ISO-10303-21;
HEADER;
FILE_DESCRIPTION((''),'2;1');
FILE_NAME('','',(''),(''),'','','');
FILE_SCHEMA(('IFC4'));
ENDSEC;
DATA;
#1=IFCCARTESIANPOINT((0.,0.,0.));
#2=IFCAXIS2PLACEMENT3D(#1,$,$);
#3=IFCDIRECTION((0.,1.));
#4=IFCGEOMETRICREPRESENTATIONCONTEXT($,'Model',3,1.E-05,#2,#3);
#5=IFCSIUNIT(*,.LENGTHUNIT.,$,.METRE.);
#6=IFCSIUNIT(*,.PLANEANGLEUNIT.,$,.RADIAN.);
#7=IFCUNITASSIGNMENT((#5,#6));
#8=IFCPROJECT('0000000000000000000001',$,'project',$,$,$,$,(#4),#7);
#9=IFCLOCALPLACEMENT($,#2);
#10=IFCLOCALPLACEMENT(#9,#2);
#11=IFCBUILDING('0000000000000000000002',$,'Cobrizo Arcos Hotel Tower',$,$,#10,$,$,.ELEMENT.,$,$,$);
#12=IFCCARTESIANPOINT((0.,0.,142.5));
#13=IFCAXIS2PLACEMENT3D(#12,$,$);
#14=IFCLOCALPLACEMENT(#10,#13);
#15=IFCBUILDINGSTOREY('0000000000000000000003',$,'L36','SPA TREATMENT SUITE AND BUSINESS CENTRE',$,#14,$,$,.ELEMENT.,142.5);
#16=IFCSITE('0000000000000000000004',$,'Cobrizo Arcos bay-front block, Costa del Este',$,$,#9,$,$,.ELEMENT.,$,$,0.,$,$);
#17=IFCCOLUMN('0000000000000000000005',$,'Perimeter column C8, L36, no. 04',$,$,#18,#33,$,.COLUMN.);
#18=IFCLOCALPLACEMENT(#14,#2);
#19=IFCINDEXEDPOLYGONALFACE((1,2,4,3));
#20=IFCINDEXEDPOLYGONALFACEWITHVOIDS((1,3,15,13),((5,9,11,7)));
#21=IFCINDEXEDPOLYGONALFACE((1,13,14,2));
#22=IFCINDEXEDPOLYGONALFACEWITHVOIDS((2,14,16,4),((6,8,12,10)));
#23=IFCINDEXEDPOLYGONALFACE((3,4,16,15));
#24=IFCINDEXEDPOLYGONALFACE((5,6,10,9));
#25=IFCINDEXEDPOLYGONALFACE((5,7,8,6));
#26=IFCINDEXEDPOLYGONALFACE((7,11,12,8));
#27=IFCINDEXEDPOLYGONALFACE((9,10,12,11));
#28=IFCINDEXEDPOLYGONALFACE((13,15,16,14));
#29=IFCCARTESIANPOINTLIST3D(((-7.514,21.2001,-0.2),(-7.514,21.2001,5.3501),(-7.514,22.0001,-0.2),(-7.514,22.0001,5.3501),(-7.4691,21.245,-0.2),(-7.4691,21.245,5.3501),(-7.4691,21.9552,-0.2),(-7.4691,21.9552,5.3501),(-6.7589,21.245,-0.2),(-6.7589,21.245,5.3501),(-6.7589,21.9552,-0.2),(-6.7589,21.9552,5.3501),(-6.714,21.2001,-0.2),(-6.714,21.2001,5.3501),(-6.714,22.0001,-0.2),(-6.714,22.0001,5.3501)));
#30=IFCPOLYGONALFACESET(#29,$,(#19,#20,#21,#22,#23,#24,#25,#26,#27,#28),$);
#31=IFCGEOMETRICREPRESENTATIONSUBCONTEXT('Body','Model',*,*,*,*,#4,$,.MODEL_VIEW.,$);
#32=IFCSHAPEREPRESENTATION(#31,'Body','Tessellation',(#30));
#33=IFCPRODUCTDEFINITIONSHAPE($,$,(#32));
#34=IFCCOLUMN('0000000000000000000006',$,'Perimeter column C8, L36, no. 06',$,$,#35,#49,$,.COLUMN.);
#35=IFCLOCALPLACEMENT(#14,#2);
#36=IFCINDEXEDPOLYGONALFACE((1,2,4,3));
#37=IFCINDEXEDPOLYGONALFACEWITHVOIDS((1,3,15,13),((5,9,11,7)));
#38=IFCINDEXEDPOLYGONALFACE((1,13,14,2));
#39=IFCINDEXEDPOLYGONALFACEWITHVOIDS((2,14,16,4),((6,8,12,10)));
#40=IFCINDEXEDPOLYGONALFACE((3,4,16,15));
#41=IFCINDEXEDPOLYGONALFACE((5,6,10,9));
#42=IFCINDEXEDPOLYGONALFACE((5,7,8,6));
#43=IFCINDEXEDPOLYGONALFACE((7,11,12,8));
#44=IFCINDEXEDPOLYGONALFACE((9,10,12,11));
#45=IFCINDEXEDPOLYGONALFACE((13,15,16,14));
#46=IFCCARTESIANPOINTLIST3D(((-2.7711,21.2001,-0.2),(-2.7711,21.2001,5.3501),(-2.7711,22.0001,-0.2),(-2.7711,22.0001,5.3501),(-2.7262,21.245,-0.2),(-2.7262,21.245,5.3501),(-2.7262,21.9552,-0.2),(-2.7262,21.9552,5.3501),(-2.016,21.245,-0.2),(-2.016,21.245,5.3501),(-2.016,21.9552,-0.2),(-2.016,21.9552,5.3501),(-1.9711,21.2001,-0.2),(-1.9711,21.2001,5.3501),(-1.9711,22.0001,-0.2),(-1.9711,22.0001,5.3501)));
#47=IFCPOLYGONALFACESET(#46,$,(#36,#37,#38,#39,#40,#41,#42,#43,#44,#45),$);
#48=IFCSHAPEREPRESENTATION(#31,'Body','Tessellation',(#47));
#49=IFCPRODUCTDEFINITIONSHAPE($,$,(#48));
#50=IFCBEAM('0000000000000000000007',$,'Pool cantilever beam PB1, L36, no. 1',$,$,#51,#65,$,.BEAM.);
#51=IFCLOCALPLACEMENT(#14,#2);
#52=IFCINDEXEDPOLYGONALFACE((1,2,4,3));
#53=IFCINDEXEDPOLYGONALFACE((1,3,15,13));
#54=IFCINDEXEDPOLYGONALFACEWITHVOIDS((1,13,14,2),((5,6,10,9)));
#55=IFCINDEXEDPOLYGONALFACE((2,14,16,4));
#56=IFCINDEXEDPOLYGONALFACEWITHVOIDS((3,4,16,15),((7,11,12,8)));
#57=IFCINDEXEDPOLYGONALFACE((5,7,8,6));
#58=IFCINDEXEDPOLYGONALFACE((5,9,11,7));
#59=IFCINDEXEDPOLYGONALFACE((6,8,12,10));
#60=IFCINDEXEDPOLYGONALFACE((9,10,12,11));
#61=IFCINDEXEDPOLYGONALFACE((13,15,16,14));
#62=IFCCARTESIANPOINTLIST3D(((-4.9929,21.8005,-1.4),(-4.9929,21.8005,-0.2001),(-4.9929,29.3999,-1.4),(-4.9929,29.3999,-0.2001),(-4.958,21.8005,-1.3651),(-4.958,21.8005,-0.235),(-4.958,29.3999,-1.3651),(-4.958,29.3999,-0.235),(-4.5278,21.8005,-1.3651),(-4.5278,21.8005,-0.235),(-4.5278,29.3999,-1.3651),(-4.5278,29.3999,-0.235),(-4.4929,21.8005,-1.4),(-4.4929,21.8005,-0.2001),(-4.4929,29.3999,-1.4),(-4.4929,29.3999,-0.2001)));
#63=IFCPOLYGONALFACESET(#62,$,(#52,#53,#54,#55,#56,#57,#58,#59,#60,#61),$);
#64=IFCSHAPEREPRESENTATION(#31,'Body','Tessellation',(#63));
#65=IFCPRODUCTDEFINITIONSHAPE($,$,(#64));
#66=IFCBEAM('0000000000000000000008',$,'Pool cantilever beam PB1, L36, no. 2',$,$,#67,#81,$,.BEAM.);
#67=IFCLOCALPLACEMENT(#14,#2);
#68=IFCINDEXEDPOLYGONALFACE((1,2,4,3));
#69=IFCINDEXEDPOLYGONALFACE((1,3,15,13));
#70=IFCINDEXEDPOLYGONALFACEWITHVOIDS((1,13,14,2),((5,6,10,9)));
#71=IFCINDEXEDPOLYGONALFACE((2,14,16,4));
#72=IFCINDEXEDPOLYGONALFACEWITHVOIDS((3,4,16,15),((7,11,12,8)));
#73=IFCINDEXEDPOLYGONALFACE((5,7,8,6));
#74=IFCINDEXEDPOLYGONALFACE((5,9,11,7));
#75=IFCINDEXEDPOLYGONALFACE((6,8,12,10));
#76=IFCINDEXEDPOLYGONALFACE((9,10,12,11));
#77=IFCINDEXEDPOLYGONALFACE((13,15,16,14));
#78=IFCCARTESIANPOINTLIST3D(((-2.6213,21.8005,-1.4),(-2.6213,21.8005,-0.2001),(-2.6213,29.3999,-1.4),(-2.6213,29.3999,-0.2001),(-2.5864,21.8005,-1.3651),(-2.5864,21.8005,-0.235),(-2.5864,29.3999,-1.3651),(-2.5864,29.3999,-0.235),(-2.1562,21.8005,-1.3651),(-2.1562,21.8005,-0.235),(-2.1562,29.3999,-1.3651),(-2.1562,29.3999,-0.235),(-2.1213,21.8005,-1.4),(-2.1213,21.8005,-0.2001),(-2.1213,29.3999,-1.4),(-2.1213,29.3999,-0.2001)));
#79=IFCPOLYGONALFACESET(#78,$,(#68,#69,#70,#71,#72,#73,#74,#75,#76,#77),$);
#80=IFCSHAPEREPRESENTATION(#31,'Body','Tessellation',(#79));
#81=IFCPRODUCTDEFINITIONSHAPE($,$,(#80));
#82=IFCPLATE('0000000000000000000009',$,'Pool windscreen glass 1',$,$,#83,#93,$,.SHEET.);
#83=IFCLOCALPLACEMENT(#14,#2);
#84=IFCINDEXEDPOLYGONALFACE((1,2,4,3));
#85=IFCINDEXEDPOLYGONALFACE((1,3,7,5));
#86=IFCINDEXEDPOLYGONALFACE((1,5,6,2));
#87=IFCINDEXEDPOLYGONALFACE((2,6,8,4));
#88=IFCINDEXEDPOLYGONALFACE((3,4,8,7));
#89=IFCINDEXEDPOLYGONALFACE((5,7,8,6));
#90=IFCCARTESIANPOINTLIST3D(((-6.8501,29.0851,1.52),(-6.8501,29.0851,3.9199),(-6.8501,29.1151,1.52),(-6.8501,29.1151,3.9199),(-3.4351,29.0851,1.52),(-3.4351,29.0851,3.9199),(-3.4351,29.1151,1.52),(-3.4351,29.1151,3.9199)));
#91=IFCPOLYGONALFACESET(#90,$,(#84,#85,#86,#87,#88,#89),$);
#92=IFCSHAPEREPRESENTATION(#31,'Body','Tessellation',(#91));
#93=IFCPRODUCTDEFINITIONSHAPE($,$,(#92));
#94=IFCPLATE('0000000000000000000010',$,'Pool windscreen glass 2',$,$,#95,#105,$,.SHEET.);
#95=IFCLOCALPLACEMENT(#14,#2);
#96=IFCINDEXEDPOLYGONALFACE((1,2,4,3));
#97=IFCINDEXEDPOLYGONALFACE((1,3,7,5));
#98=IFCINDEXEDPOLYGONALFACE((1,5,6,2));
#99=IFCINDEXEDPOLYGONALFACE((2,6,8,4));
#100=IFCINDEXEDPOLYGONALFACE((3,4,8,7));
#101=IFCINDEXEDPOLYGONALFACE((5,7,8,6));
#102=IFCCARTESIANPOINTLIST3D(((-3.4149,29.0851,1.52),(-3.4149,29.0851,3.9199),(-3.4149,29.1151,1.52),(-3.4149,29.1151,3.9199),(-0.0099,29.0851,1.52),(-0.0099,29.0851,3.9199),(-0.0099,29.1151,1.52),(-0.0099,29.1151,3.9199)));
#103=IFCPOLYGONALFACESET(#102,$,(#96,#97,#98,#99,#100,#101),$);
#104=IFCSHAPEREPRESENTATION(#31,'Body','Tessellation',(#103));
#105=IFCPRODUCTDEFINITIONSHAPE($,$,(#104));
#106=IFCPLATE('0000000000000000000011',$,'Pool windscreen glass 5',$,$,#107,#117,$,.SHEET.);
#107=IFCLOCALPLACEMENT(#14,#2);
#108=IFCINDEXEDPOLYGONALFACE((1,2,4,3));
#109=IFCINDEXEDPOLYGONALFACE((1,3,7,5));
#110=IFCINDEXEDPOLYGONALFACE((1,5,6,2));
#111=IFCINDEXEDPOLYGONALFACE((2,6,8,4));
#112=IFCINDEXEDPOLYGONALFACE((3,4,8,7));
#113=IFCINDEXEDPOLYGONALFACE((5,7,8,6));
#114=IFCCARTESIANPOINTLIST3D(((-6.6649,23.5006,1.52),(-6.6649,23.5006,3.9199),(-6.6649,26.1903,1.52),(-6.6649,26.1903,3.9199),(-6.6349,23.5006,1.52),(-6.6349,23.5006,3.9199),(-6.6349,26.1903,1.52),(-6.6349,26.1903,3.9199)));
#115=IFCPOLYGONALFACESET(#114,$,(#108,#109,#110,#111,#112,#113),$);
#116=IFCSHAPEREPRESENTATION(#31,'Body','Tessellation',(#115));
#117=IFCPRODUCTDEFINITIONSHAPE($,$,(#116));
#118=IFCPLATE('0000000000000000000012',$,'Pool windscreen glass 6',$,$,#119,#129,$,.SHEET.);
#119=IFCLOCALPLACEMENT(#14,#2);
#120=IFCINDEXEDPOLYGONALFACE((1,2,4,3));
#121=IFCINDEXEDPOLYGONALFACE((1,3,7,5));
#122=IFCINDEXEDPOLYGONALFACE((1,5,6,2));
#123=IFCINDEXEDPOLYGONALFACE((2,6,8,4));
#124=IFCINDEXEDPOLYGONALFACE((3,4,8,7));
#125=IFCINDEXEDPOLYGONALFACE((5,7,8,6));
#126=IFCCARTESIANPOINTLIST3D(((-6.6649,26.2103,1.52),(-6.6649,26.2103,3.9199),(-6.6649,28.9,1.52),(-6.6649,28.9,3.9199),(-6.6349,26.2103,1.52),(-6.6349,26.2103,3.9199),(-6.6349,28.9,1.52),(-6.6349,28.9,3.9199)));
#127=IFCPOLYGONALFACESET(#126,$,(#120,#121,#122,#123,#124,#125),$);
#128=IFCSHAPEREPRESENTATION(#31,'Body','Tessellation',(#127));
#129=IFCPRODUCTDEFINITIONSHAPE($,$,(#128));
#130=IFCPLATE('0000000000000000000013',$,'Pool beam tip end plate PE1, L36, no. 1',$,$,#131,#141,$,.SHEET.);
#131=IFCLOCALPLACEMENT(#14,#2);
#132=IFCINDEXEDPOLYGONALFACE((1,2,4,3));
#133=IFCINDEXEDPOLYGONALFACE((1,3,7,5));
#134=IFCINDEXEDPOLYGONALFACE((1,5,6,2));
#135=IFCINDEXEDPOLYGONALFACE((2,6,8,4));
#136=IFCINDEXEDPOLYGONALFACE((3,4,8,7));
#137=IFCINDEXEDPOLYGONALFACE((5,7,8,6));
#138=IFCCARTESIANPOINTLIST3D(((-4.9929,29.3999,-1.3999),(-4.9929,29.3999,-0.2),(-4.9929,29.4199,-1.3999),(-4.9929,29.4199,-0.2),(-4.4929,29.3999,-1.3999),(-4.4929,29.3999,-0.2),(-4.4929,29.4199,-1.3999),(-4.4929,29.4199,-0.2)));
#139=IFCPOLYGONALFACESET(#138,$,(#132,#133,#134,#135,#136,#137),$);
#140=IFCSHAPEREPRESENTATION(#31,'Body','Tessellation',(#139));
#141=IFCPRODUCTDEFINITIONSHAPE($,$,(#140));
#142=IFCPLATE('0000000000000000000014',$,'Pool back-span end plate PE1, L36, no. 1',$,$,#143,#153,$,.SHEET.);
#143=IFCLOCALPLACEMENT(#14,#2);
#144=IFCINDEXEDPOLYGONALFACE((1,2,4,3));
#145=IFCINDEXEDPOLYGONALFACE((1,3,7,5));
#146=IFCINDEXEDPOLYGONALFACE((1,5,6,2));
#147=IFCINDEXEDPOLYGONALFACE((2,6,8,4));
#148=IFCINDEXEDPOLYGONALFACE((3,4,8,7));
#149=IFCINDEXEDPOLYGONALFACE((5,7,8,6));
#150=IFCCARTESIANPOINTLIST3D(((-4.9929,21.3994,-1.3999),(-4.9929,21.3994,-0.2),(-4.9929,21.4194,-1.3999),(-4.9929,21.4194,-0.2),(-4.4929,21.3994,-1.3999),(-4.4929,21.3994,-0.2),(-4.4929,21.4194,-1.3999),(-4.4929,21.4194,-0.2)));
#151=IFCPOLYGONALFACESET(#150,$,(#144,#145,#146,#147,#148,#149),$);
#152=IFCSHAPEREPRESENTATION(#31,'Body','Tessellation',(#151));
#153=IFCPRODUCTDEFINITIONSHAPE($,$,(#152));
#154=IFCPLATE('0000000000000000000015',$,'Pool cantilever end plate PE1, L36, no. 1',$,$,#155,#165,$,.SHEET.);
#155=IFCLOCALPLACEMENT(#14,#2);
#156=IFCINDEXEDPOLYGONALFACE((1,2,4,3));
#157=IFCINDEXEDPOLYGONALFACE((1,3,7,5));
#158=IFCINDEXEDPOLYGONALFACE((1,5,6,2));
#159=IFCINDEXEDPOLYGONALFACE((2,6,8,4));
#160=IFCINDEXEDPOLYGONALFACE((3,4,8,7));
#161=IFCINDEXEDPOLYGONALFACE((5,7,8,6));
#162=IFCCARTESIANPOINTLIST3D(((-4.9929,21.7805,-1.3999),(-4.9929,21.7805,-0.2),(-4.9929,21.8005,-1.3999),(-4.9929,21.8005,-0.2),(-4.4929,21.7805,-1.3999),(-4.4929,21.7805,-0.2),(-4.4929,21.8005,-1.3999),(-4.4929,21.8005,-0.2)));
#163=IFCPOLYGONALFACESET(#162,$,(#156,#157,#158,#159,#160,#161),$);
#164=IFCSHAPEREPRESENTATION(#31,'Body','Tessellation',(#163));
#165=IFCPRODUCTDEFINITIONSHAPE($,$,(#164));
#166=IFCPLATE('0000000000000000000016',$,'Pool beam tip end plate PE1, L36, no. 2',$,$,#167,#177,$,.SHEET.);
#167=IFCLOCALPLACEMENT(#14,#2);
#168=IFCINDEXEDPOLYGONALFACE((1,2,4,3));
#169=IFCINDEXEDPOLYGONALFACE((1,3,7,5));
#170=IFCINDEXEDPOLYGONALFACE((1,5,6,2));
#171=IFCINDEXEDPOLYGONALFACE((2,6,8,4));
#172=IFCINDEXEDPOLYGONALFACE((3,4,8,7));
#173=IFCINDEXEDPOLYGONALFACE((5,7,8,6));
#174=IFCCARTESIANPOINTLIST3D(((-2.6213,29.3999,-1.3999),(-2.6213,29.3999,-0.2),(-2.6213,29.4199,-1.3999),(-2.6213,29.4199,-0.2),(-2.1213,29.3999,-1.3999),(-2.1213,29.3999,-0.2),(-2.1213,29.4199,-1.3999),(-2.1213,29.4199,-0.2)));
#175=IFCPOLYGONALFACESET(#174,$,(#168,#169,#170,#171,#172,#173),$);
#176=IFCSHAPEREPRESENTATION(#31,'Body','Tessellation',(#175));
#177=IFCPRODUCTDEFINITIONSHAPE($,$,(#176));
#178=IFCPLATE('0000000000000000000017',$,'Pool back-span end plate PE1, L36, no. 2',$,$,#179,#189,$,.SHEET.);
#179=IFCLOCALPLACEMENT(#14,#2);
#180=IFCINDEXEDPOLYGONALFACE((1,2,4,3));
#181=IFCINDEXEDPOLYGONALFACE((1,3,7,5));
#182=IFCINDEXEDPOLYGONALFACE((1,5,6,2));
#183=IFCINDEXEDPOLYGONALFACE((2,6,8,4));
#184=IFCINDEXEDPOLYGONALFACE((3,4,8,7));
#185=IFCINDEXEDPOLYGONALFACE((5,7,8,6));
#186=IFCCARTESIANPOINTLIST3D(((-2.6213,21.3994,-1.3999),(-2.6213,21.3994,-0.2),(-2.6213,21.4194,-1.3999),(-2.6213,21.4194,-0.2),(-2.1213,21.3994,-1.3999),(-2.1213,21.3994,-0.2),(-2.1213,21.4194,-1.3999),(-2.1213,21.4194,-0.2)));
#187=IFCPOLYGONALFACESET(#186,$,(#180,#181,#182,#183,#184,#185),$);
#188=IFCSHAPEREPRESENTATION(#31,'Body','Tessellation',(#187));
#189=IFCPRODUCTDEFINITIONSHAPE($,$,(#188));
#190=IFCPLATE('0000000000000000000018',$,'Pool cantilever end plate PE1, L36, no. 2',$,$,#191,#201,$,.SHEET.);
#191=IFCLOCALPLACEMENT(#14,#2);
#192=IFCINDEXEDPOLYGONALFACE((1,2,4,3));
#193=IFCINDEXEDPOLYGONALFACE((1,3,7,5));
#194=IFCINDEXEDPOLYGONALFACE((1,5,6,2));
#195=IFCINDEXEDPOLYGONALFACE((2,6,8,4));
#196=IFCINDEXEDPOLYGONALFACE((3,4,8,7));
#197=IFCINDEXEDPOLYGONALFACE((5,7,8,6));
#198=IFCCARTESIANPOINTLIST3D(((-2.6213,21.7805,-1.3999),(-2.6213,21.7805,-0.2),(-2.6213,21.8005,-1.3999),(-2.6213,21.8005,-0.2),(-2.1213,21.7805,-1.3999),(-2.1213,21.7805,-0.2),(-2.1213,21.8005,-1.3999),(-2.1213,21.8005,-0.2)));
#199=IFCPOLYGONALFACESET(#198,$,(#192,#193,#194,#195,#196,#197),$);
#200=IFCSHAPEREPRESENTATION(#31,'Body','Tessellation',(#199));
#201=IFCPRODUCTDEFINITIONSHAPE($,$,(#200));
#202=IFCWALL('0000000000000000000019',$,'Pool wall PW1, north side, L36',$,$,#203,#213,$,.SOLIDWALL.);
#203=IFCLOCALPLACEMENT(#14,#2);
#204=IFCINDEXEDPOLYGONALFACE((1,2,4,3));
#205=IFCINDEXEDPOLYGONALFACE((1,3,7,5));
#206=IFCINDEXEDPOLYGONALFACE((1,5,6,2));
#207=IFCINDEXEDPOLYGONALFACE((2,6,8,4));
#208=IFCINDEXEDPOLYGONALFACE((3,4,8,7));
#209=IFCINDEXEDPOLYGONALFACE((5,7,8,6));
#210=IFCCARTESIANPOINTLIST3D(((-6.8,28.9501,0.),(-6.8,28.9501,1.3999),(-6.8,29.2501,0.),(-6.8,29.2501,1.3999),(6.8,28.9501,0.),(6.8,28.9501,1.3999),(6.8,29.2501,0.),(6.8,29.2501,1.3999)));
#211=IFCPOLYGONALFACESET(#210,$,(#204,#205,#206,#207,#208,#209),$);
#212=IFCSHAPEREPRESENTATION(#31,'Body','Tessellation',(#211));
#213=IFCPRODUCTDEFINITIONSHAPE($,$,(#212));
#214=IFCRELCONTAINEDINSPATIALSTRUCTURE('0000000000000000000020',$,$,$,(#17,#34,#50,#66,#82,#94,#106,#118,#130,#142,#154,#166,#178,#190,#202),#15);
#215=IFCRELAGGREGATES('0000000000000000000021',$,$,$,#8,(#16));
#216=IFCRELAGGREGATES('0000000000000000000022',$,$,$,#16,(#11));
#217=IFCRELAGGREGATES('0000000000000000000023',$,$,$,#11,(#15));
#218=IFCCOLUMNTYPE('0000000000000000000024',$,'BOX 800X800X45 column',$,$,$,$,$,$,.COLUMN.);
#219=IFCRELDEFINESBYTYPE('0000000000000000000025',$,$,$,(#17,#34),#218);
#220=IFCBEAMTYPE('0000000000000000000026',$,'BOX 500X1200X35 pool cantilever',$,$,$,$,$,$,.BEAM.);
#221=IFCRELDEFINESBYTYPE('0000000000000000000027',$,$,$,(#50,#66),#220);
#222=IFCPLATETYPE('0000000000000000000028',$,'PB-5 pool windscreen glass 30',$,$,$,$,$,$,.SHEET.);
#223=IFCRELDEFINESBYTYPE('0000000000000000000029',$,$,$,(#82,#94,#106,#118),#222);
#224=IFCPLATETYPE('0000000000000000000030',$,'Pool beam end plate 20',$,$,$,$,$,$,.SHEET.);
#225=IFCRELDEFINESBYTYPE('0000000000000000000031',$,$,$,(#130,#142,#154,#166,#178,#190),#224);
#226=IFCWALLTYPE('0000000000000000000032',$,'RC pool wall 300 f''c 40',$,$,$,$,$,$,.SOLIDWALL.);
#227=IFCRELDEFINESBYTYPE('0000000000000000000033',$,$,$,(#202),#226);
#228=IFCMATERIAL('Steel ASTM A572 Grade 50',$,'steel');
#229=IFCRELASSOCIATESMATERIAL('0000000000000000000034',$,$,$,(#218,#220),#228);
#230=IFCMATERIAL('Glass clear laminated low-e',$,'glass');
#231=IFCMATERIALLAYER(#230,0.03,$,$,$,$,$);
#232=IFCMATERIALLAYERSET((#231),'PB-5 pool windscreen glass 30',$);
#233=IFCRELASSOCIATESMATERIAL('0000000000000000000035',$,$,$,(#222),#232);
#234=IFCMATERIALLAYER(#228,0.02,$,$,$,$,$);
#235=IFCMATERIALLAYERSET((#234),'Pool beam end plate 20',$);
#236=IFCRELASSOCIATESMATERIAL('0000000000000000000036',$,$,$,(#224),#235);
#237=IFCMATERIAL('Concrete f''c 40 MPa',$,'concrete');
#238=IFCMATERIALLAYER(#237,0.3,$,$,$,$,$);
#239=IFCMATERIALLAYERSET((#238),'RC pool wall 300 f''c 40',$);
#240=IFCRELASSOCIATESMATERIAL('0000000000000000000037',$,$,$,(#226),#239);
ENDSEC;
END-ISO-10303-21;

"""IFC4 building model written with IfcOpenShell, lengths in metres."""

from ifc_helpers import new_model, si_unit, direction, frame, frame_2d, origin, origin_2d, place, context, subcontext, project, spatial, rectangle, hollow_rectangle, extrude, material, layer, layer_set, material_profile, profile_set, type_object, element, save


model = new_model("IFC4")

# Units and contexts
model_context = context("Model", 3, precision=1e-05, world=origin(), true_north=direction((0.0, 1.0)))
body_context = subcontext(model_context, "Body", "Model", "MODEL_VIEW")
ifc_project = project(units=[si_unit("LENGTHUNIT", "METRE"), si_unit("PLANEANGLEUNIT", "RADIAN")], contexts=[model_context])

# Site, building, storey
site_placement = place(None, origin())
site = spatial("IfcSite", under=ifc_project, at=site_placement, Name="Cobrizo Arcos bay-front block, Costa del Este", CompositionType="ELEMENT", RefElevation=0.0)
building_placement = place(site_placement, origin())
building = spatial("IfcBuilding", under=site, at=building_placement, Name="Cobrizo Arcos Hotel Tower", CompositionType="ELEMENT")
storey_placement = place(building_placement, frame((0.0, 0.0, 142.5)))
storey = spatial("IfcBuildingStorey", under=building, at=storey_placement, Name="L36", Description="SPA TREATMENT SUITE AND BUSINESS CENTRE", CompositionType="ELEMENT", Elevation=142.5)

# Columns
ifc_material_1 = material(Name="Steel ASTM A572 Grade 50", Category="steel")
ifc_material_profile_1 = material_profile(ifc_material_1, hollow_rectangle(XDim=0.8, YDim=0.8, WallThickness=0.0449, at=origin_2d()), Name="BOX 800X800X45")
ifc_profile_set_1 = profile_set([ifc_material_profile_1], Name="Steel ASTM A572 Grade 50")
column_type = type_object("IfcColumnType", Name="BOX 800X800X45 column", PredefinedType="COLUMN", material=ifc_profile_set_1)
for number, where, z_axis, x_axis, name in (
    (1, (-7.114, 21.6001, -0.2), (0.0, 0.0, 1.0), (1.0, 0.0, 0.0), "Perimeter column C8, L36, no. 04"),
    (2, (-2.3711, 21.6001, -0.2), (0.0, 0.0, 1.0), (1.0, 0.0, 0.0), "Perimeter column C8, L36, no. 06"),
):
    element("IfcColumn", number, at=place(storey_placement, frame(where, z_axis=z_axis, x_axis=x_axis)), inside=storey, type_object=column_type, Name=name, PredefinedType="COLUMN", context=body_context, shape_type="SweptSolid", body=[
        extrude(hollow_rectangle(XDim=0.8, YDim=0.8, WallThickness=0.0449, at=origin_2d()), origin(), (0.0, 0.0, 1.0), 5.55),
    ])

# Beams
ifc_material_profile_2 = material_profile(ifc_material_1, hollow_rectangle(XDim=0.5, YDim=1.2, WallThickness=0.0349, at=origin_2d()), Name="BOX 500X1200X35")
ifc_profile_set_2 = profile_set([ifc_material_profile_2], Name="Steel ASTM A572 Grade 50")
beam_type = type_object("IfcBeamType", Name="BOX 500X1200X35 pool cantilever", PredefinedType="BEAM", material=ifc_profile_set_2)
for number, where, z_axis, x_axis, name in (
    (3, (-4.7429, 21.8005, -0.8), (0.0, 1.0, 0.0), (-1.0, 0.0, 0.0), "Pool cantilever beam PB1, L36, no. 1"),
    (4, (-2.3713, 21.8005, -0.8), (0.0, 1.0, 0.0), (-1.0, 0.0, 0.0), "Pool cantilever beam PB1, L36, no. 2"),
):
    element("IfcBeam", number, at=place(storey_placement, frame(where, z_axis=z_axis, x_axis=x_axis)), inside=storey, type_object=beam_type, Name=name, PredefinedType="BEAM", context=body_context, shape_type="SweptSolid", body=[
        extrude(hollow_rectangle(XDim=0.5, YDim=1.2, WallThickness=0.0349, at=origin_2d()), origin(), (0.0, 0.0, 1.0), 7.5994),
    ])

# Plates
ifc_material_2 = material(Name="Glass clear laminated low-e", Category="glass")
ifc_layer_1 = layer(ifc_material_2, 0.03)
ifc_layer_set_1 = layer_set([ifc_layer_1], Name="PB-5 pool windscreen glass 30")
plate_type_1 = type_object("IfcPlateType", Name="PB-5 pool windscreen glass 30", PredefinedType="SHEET", material=ifc_layer_set_1)
plate_1_placement = place(storey_placement, frame((-5.1426, 29.1001, 1.52), z_axis=(0.0, 0.0, 1.0), x_axis=(1.0, 0.0, 0.0)))
element("IfcPlate", 5, at=plate_1_placement, inside=storey, type_object=plate_type_1, Name="Pool windscreen glass 1", PredefinedType="SHEET", context=body_context, shape_type="SweptSolid", body=[
    extrude(rectangle(XDim=3.415, YDim=0.03, at=origin_2d()), origin(), (0.0, 0.0, 1.0), 2.3999),
])
plate_2_placement = place(storey_placement, frame((-1.7124, 29.1001, 1.52), z_axis=(0.0, 0.0, 1.0), x_axis=(1.0, 0.0, 0.0)))
element("IfcPlate", 6, at=plate_2_placement, inside=storey, type_object=plate_type_1, Name="Pool windscreen glass 2", PredefinedType="SHEET", context=body_context, shape_type="SweptSolid", body=[
    extrude(rectangle(XDim=3.405, YDim=0.03, at=origin_2d()), origin(), (0.0, 0.0, 1.0), 2.3999),
])
for number, where, z_axis, x_axis, name in (
    (7, (-6.6499, 24.8455, 1.52), (0.0, 0.0, 1.0), (1.0, 0.0, 0.0), "Pool windscreen glass 5"),
    (8, (-6.6499, 27.5552, 1.52), (0.0, 0.0, 1.0), (1.0, 0.0, 0.0), "Pool windscreen glass 6"),
):
    element("IfcPlate", number, at=place(storey_placement, frame(where, z_axis=z_axis, x_axis=x_axis)), inside=storey, type_object=plate_type_1, Name=name, PredefinedType="SHEET", context=body_context, shape_type="SweptSolid", body=[
        extrude(rectangle(XDim=0.03, YDim=2.6897, at=origin_2d()), origin(), (0.0, 0.0, 1.0), 2.3999),
    ])
ifc_layer_2 = layer(ifc_material_1, 0.02)
ifc_layer_set_2 = layer_set([ifc_layer_2], Name="Pool beam end plate 20")
plate_type_2 = type_object("IfcPlateType", Name="Pool beam end plate 20", PredefinedType="SHEET", material=ifc_layer_set_2)
for number, where, z_axis, x_axis, name in (
    (9, (-4.7429, 29.4099, -1.3999), (0.0, 0.0, 1.0), (1.0, 0.0, 0.0), "Pool beam tip end plate PE1, L36, no. 1"),
    (10, (-4.7429, 21.4094, -1.3999), (0.0, 0.0, 1.0), (1.0, 0.0, 0.0), "Pool back-span end plate PE1, L36, no. 1"),
    (11, (-4.7429, 21.7905, -1.3999), (0.0, 0.0, 1.0), (1.0, 0.0, 0.0), "Pool cantilever end plate PE1, L36, no. 1"),
    (12, (-2.3713, 29.4099, -1.3999), (0.0, 0.0, 1.0), (1.0, 0.0, 0.0), "Pool beam tip end plate PE1, L36, no. 2"),
    (13, (-2.3713, 21.4094, -1.3999), (0.0, 0.0, 1.0), (1.0, 0.0, 0.0), "Pool back-span end plate PE1, L36, no. 2"),
    (14, (-2.3713, 21.7905, -1.3999), (0.0, 0.0, 1.0), (1.0, 0.0, 0.0), "Pool cantilever end plate PE1, L36, no. 2"),
):
    element("IfcPlate", number, at=place(storey_placement, frame(where, z_axis=z_axis, x_axis=x_axis)), inside=storey, type_object=plate_type_2, Name=name, PredefinedType="SHEET", context=body_context, shape_type="SweptSolid", body=[
        extrude(rectangle(XDim=0.5, YDim=0.02, at=origin_2d()), origin(), (0.0, 0.0, 1.0), 1.2),
    ])

# Wall
ifc_material_3 = material(Name="Concrete f'c 40 MPa", Category="concrete")
ifc_layer_3 = layer(ifc_material_3, 0.3)
ifc_layer_set_3 = layer_set([ifc_layer_3], Name="RC pool wall 300 f'c 40")
wall_type_1 = type_object("IfcWallType", Name="RC pool wall 300 f'c 40", PredefinedType="SOLIDWALL", material=ifc_layer_set_3)
for number, where, z_axis, x_axis, name in (
    (15, (-6.8, 29.1001, 0.0), (0.0, 0.0, 1.0), (1.0, 0.0, 0.0), "Pool wall PW1, north side, L36"),
):
    element("IfcWall", number, at=place(storey_placement, frame(where, z_axis=z_axis, x_axis=x_axis)), inside=storey, type_object=wall_type_1, Name=name, PredefinedType="SOLIDWALL", context=body_context, shape_type="SweptSolid", body=[
        extrude(rectangle(XDim=13.6001, YDim=0.3, at=frame_2d((6.8, 0.0))), origin(), (0.0, 0.0, 1.0), 1.3999),
    ])

save(model, "model.ifc")
